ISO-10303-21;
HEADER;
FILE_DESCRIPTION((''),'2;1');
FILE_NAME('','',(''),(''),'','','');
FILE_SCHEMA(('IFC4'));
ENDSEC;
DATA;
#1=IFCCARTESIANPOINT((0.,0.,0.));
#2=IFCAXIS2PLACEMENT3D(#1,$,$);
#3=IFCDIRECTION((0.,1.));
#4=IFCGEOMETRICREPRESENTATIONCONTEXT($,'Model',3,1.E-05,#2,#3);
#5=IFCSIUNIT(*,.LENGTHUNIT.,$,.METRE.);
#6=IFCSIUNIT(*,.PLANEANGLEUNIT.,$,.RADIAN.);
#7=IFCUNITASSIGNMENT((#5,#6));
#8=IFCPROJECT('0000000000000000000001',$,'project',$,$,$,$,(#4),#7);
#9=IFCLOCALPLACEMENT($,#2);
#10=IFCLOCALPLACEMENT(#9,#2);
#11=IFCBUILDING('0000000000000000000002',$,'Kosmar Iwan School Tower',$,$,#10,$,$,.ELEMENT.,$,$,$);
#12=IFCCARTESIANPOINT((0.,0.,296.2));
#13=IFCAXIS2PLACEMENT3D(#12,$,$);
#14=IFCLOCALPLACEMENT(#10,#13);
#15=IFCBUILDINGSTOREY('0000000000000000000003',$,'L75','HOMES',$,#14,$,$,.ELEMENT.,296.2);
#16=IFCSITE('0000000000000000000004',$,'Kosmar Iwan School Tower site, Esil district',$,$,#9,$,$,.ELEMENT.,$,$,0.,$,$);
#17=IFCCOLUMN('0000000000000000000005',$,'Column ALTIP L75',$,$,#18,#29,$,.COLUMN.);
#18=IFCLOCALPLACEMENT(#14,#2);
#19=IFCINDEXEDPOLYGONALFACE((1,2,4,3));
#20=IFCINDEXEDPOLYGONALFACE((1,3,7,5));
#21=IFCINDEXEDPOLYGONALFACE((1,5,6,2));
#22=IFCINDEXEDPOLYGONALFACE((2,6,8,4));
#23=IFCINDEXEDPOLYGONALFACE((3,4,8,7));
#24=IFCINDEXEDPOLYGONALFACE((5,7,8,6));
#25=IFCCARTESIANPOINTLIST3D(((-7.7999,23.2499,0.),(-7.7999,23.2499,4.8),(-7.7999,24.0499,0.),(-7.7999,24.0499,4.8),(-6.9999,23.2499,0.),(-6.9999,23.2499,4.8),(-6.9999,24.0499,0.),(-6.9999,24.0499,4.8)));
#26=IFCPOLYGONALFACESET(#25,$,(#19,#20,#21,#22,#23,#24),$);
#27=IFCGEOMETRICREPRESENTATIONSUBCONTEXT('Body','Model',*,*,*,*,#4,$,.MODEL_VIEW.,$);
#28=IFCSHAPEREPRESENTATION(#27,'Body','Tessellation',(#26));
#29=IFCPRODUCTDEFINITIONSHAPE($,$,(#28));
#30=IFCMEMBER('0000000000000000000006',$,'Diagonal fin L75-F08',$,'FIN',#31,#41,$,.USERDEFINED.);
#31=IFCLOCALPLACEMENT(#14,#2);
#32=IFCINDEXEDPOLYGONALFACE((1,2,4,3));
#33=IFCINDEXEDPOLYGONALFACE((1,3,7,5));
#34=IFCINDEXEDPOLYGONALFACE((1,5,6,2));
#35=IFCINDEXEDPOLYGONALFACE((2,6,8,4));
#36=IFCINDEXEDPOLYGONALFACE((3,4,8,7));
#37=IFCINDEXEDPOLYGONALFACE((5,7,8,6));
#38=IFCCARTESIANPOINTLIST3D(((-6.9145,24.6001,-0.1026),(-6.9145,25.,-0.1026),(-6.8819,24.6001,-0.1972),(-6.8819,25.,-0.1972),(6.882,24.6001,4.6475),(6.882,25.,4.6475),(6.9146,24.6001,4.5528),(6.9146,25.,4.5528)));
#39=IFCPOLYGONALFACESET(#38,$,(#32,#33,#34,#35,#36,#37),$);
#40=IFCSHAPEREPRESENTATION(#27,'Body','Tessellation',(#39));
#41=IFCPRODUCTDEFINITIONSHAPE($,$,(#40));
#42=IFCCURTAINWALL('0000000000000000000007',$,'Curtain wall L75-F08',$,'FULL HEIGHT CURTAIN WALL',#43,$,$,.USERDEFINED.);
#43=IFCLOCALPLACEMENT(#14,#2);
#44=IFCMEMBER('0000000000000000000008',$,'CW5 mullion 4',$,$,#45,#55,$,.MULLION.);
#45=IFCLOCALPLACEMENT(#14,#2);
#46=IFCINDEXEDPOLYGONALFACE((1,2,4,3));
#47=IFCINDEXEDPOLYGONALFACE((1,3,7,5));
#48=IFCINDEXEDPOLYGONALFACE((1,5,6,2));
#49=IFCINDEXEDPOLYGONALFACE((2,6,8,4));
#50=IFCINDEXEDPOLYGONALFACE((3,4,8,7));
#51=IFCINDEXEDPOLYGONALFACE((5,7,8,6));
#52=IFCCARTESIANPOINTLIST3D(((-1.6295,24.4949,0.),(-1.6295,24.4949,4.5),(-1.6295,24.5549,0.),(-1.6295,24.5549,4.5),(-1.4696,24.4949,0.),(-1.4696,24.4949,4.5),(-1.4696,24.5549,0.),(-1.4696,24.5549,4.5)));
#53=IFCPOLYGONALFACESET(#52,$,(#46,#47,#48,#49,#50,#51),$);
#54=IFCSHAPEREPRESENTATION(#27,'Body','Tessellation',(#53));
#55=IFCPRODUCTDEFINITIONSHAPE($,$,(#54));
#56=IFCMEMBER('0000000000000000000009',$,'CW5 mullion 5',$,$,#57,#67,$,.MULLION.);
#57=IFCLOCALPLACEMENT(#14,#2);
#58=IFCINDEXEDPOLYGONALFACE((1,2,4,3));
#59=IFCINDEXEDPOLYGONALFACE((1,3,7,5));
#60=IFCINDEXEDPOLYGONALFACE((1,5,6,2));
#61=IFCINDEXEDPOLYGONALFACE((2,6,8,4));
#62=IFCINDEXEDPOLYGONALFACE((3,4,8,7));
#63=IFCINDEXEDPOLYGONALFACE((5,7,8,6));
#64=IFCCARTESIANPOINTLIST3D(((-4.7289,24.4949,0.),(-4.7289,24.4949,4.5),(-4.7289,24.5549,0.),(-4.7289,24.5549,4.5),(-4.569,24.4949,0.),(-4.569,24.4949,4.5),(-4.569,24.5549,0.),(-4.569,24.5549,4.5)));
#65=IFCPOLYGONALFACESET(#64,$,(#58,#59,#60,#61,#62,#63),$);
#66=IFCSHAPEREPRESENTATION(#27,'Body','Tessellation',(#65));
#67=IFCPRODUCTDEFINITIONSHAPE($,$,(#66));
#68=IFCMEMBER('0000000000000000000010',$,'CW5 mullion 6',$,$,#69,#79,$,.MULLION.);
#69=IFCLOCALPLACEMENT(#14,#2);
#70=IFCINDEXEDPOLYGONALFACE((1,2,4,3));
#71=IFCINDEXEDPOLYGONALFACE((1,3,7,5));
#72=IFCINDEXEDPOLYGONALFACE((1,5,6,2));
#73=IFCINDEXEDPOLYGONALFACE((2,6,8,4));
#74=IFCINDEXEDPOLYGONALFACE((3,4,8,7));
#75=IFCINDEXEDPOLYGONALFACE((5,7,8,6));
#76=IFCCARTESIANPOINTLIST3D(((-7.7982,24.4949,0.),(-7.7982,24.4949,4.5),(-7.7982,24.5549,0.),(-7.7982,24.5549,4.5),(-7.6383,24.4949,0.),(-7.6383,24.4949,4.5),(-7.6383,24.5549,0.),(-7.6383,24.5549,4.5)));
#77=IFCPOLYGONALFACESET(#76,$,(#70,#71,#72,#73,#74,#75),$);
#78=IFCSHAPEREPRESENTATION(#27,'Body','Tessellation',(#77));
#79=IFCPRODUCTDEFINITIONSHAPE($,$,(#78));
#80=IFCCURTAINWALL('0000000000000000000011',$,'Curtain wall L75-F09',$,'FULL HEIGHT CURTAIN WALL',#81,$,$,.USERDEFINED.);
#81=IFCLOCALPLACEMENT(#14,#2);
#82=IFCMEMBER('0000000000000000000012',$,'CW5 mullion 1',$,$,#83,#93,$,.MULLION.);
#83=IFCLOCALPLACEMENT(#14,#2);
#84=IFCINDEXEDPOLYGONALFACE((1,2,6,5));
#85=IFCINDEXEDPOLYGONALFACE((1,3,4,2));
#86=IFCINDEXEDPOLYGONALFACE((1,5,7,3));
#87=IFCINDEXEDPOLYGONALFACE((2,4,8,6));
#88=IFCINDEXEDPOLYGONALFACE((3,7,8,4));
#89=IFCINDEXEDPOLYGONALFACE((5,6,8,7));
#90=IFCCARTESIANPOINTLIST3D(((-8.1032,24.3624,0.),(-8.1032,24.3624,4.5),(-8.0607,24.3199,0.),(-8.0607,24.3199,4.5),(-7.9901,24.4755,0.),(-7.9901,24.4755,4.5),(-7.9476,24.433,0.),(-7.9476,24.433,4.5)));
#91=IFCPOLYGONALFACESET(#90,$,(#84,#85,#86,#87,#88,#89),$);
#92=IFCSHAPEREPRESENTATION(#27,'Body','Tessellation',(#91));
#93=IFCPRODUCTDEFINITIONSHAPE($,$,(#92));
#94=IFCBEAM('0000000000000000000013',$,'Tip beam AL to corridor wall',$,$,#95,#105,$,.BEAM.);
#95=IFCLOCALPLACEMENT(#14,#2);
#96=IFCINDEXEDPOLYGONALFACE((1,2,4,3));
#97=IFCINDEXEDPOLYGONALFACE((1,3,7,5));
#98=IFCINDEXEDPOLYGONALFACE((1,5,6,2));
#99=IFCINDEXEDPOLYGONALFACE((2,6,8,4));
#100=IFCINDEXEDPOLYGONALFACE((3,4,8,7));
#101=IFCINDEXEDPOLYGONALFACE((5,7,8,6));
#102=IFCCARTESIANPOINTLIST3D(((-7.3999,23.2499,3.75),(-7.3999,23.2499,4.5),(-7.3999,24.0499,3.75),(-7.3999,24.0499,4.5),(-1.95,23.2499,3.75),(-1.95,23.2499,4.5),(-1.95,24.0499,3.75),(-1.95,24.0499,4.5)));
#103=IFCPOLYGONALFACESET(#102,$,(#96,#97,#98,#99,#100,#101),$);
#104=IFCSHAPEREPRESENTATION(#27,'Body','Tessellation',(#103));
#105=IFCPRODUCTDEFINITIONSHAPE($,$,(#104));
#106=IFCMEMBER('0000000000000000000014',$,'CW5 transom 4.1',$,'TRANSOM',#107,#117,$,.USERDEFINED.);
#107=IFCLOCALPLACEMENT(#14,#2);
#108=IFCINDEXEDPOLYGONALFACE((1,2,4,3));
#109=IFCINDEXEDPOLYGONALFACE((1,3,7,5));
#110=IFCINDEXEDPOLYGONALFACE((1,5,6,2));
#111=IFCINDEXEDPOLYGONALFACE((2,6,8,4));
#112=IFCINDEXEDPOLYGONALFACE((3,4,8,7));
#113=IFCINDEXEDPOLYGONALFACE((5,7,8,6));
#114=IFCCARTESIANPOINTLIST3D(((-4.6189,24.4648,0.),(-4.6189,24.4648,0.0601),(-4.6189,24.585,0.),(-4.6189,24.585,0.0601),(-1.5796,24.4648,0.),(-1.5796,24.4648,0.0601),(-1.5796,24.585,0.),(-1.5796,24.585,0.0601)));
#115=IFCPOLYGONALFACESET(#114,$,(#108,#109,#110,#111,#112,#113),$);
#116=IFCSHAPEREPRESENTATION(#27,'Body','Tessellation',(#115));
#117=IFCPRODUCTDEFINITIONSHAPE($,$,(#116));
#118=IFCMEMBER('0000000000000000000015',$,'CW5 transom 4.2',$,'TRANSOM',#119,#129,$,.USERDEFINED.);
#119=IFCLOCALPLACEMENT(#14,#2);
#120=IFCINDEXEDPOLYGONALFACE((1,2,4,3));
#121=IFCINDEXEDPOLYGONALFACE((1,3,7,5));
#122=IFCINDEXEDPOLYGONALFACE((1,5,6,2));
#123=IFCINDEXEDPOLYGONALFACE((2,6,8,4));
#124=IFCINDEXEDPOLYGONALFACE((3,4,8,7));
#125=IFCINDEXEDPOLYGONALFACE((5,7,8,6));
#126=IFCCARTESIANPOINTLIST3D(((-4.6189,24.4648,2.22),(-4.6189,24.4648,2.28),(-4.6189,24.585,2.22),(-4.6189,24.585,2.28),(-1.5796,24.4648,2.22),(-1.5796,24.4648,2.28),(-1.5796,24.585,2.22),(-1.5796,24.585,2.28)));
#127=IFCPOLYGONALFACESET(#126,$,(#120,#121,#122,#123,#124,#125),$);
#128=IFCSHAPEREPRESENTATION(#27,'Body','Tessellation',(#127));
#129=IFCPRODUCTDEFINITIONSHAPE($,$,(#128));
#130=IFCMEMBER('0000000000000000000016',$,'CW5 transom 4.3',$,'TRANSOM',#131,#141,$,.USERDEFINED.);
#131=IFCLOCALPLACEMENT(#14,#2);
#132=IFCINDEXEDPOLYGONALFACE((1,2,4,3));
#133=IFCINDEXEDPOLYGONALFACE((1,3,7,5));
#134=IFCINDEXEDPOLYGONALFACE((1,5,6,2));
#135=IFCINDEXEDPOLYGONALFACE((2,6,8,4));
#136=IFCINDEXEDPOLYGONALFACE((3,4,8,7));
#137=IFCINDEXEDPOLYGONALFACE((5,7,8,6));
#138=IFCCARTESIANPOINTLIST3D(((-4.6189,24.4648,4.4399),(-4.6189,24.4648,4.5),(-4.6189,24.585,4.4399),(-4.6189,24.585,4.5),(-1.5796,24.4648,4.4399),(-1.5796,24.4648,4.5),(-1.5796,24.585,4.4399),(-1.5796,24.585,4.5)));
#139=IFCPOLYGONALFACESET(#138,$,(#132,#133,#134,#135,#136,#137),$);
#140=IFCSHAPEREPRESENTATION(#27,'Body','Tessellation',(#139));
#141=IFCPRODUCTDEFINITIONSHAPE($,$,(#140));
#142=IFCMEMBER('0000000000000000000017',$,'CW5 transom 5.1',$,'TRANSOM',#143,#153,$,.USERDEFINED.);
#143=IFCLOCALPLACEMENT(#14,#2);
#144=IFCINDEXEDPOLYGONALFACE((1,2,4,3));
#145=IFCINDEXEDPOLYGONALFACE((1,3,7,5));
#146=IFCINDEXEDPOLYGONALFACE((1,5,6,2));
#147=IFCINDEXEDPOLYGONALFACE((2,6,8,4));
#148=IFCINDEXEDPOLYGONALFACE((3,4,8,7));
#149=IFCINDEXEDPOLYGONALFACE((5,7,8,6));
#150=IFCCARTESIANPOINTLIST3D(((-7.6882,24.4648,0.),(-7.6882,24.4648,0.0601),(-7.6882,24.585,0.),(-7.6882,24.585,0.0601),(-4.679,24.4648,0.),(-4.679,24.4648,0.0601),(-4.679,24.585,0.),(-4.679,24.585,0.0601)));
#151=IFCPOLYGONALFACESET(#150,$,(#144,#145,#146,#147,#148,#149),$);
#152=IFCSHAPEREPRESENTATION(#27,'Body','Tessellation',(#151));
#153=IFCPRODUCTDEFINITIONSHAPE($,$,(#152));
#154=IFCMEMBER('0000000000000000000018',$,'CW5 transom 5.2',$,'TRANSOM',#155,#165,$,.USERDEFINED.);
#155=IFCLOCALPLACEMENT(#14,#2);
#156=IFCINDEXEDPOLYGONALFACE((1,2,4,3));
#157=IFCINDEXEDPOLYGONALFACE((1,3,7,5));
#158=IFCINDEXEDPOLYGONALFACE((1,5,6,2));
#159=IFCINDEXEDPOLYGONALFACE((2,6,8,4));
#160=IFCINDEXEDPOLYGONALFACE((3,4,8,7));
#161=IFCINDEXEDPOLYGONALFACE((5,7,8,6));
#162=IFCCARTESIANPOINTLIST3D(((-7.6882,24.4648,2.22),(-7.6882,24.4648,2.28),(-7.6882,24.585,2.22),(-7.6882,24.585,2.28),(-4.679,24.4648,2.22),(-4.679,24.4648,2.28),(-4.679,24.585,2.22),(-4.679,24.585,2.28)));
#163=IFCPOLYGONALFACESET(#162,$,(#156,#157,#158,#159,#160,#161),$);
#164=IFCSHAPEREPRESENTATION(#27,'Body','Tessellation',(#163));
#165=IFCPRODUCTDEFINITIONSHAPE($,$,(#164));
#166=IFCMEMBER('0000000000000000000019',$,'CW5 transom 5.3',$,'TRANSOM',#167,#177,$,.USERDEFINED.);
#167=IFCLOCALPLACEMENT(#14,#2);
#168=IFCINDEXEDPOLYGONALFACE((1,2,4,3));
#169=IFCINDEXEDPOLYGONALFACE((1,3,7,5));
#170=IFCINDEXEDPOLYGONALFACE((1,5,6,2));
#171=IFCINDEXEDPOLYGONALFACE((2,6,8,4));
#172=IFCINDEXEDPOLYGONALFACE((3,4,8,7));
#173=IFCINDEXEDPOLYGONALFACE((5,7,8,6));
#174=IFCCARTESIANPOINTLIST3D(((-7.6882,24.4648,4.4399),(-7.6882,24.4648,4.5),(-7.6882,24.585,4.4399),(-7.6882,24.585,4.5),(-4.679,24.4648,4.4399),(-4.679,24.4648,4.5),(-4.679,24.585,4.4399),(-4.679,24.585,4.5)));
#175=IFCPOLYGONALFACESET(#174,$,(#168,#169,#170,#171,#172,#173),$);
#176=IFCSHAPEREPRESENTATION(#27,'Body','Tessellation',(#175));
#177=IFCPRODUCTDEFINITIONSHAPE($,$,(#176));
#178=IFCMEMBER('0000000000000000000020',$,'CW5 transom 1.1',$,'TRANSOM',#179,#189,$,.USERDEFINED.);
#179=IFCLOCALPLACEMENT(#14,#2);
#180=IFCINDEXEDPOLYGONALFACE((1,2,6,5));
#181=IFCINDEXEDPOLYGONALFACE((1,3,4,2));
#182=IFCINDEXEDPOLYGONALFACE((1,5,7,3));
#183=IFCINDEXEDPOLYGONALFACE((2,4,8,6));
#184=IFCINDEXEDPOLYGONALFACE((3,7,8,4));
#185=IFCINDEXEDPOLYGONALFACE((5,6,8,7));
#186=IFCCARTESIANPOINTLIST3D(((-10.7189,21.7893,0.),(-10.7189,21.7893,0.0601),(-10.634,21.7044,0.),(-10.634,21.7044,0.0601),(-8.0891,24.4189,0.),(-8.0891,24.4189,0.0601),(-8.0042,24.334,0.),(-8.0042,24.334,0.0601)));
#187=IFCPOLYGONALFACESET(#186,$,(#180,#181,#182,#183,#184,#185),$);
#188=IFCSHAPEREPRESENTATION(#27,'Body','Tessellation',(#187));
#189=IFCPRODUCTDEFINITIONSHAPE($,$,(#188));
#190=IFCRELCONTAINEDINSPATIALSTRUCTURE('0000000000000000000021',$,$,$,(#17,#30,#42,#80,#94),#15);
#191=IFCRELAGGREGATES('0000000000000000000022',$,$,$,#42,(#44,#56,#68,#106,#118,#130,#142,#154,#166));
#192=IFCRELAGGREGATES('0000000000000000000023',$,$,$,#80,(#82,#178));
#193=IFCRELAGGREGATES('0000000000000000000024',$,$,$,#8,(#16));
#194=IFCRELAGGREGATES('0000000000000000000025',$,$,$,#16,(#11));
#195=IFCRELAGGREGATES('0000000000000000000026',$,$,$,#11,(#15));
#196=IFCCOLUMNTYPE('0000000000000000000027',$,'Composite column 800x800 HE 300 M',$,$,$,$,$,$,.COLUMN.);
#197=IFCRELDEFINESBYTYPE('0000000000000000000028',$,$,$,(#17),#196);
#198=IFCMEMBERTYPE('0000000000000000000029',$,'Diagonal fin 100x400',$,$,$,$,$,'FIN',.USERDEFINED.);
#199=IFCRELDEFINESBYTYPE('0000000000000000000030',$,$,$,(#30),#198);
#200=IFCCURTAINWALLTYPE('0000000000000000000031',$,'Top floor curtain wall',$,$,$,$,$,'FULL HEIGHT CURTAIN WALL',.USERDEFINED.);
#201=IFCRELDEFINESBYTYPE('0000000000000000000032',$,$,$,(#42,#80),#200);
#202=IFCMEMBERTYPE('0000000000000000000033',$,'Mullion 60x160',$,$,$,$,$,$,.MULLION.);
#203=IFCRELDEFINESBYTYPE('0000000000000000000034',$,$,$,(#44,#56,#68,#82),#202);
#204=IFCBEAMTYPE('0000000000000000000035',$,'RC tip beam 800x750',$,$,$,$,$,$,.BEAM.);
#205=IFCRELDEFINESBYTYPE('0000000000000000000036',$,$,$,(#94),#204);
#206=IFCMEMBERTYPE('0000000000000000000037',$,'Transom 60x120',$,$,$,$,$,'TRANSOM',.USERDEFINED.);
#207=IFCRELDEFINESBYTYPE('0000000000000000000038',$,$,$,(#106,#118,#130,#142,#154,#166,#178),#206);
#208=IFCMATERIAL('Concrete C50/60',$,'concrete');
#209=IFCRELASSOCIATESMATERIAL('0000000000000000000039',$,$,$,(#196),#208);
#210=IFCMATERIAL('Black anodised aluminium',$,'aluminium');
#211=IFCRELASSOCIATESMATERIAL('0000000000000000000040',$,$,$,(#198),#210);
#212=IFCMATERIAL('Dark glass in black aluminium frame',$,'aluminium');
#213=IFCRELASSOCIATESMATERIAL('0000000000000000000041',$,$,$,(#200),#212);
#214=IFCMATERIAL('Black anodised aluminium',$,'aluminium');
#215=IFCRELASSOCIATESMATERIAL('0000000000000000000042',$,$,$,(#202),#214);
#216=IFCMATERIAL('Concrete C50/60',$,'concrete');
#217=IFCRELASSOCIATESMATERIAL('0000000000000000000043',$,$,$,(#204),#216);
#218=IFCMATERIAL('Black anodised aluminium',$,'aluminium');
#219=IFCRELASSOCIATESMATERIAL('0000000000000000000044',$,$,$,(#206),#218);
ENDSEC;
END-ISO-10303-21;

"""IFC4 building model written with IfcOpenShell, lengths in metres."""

from ifc_helpers import new_model, si_unit, direction, frame, origin, origin_2d, place, context, subcontext, project, spatial, rectangle, extrude, material, material_profile, profile_set, type_object, element, aggregate, save


model = new_model("IFC4")

# Units and contexts
model_context = context("Model", 3, precision=1e-05, world=origin(), true_north=direction((0.0, 1.0)))
body_context = subcontext(model_context, "Body", "Model", "MODEL_VIEW")
ifc_project = project(units=[si_unit("LENGTHUNIT", "METRE"), si_unit("PLANEANGLEUNIT", "RADIAN")], contexts=[model_context])

# Site, building, storey
site_placement = place(None, origin())
site = spatial("IfcSite", under=ifc_project, at=site_placement, Name="Kosmar Iwan School Tower site, Esil district", CompositionType="ELEMENT", RefElevation=0.0)
building_placement = place(site_placement, origin())
building = spatial("IfcBuilding", under=site, at=building_placement, Name="Kosmar Iwan School Tower", CompositionType="ELEMENT")
storey_placement = place(building_placement, frame((0.0, 0.0, 296.2)))
storey = spatial("IfcBuildingStorey", under=building, at=storey_placement, Name="L75", Description="HOMES", CompositionType="ELEMENT", Elevation=296.2)

# Column
ifc_material_1 = material(Name="Concrete C50/60", Category="concrete")
ifc_material_profile_1 = material_profile(ifc_material_1, rectangle(XDim=0.8, YDim=0.8, at=origin_2d()), Name="RC 800x800 + HE 300 M")
ifc_profile_set_1 = profile_set([ifc_material_profile_1], Name="Concrete C50/60")
column_type = type_object("IfcColumnType", Name="Composite column 800x800 HE 300 M", PredefinedType="COLUMN", material=ifc_profile_set_1)
column_placement = place(storey_placement, frame((-7.3999, 23.6499, 0.0), z_axis=(0.0, 0.0, 1.0), x_axis=(0.0, 1.0, 0.0)))
element("IfcColumn", 1, at=column_placement, inside=storey, type_object=column_type, Name="Column ALTIP L75", PredefinedType="COLUMN", context=body_context, shape_type="SweptSolid", body=[
    extrude(rectangle(XDim=0.8, YDim=0.8, at=origin_2d()), origin(), (0.0, 0.0, 1.0), 4.8),
])

# Member
ifc_material_2 = material(Name="Black anodised aluminium", Category="aluminium")
ifc_material_profile_2 = material_profile(ifc_material_2, rectangle(XDim=0.1001, YDim=0.3999, at=origin_2d()), Name="FIN 100x400")
ifc_profile_set_2 = profile_set([ifc_material_profile_2], Name="Black anodised aluminium")
member_type_1 = type_object("IfcMemberType", Name="Diagonal fin 100x400", ElementType="FIN", PredefinedType="USERDEFINED", material=ifc_profile_set_2)
member_1_placement = place(storey_placement, frame((-6.8982, 24.8, -0.1499), z_axis=(0.945529, 0.0, 0.325539), x_axis=(-0.325539, 0.0, 0.945529)))
element("IfcMember", 2, at=member_1_placement, inside=storey, type_object=member_type_1, Name="Diagonal fin L75-F08", ObjectType="FIN", PredefinedType="USERDEFINED", context=body_context, shape_type="SweptSolid", body=[
    extrude(rectangle(XDim=0.1001, YDim=0.3999, at=origin_2d()), origin(), (0.0, 0.0, 1.0), 14.5913),
])

# Curtain wall, members
ifc_material_3 = material(Name="Dark glass in black aluminium frame", Category="aluminium")
curtain_wall_type = type_object("IfcCurtainWallType", Name="Top floor curtain wall", ElementType="FULL HEIGHT CURTAIN WALL", PredefinedType="USERDEFINED", material=ifc_material_3)
curtain_wall_1_placement = place(storey_placement, origin())
curtain_wall_1 = element("IfcCurtainWall", 3, at=curtain_wall_1_placement, inside=storey, type_object=curtain_wall_type, Name="Curtain wall L75-F08", ObjectType="FULL HEIGHT CURTAIN WALL", PredefinedType="USERDEFINED")
ifc_material_4 = material(Name="Black anodised aluminium", Category="aluminium")
ifc_material_profile_3 = material_profile(ifc_material_4, rectangle(XDim=0.0601, YDim=0.1599, at=origin_2d()), Name="MULLION 60x160")
ifc_profile_set_3 = profile_set([ifc_material_profile_3], Name="Black anodised aluminium")
member_type_2 = type_object("IfcMemberType", Name="Mullion 60x160", PredefinedType="MULLION", material=ifc_profile_set_3)
member_2_placement = place(storey_placement, frame((-1.5496, 24.5249, 0.0), z_axis=(0.0, 0.0, 1.0), x_axis=(0.0, -1.0, 0.0)))
member_2 = element("IfcMember", 4, at=member_2_placement, type_object=member_type_2, Name="CW5 mullion 4", PredefinedType="MULLION", context=body_context, shape_type="SweptSolid", body=[
    extrude(rectangle(XDim=0.0601, YDim=0.1599, at=origin_2d()), origin(), (0.0, 0.0, 1.0), 4.5),
])
member_3_placement = place(storey_placement, frame((-4.6489, 24.5249, 0.0), z_axis=(0.0, 0.0, 1.0), x_axis=(0.0, -1.0, 0.0)))
member_3 = element("IfcMember", 5, at=member_3_placement, type_object=member_type_2, Name="CW5 mullion 5", PredefinedType="MULLION", context=body_context, shape_type="SweptSolid", body=[
    extrude(rectangle(XDim=0.0601, YDim=0.1599, at=origin_2d()), origin(), (0.0, 0.0, 1.0), 4.5),
])
member_4_placement = place(storey_placement, frame((-7.7183, 24.5249, 0.0), z_axis=(0.0, 0.0, 1.0), x_axis=(0.0, -1.0, 0.0)))
member_4 = element("IfcMember", 6, at=member_4_placement, type_object=member_type_2, Name="CW5 mullion 6", PredefinedType="MULLION", context=body_context, shape_type="SweptSolid", body=[
    extrude(rectangle(XDim=0.0601, YDim=0.1599, at=origin_2d()), origin(), (0.0, 0.0, 1.0), 4.5),
])

# Curtain wall, member
curtain_wall_2_placement = place(storey_placement, origin())
curtain_wall_2 = element("IfcCurtainWall", 7, at=curtain_wall_2_placement, inside=storey, type_object=curtain_wall_type, Name="Curtain wall L75-F09", ObjectType="FULL HEIGHT CURTAIN WALL", PredefinedType="USERDEFINED")
member_5_placement = place(storey_placement, frame((-8.0254, 24.3977, 0.0), z_axis=(0.0, 0.0, 1.0), x_axis=(0.707107, -0.707107, 0.0)))
member_5 = element("IfcMember", 8, at=member_5_placement, type_object=member_type_2, Name="CW5 mullion 1", PredefinedType="MULLION", context=body_context, shape_type="SweptSolid", body=[
    extrude(rectangle(XDim=0.0601, YDim=0.1599, at=origin_2d()), origin(), (0.0, 0.0, 1.0), 4.5),
])

# Beam
ifc_material_5 = material(Name="Concrete C50/60", Category="concrete")
ifc_material_profile_4 = material_profile(ifc_material_5, rectangle(XDim=0.8, YDim=0.75, at=origin_2d()), Name="RC 800x750")
ifc_profile_set_4 = profile_set([ifc_material_profile_4], Name="Concrete C50/60")
beam_type = type_object("IfcBeamType", Name="RC tip beam 800x750", PredefinedType="BEAM", material=ifc_profile_set_4)
beam_placement = place(storey_placement, frame((-7.3999, 23.6499, 4.125), z_axis=(1.0, 0.0, 0.0), x_axis=(0.0, 1.0, 0.0)))
element("IfcBeam", 9, at=beam_placement, inside=storey, type_object=beam_type, Name="Tip beam AL to corridor wall", PredefinedType="BEAM", context=body_context, shape_type="SweptSolid", body=[
    extrude(rectangle(XDim=0.8, YDim=0.75, at=origin_2d()), origin(), (0.0, 0.0, 1.0), 5.45),
])

# Members
ifc_material_6 = material(Name="Black anodised aluminium", Category="aluminium")
ifc_material_profile_5 = material_profile(ifc_material_6, rectangle(XDim=0.1201, YDim=0.0601, at=origin_2d()), Name="TRANSOM 60x120")
ifc_profile_set_5 = profile_set([ifc_material_profile_5], Name="Black anodised aluminium")
member_type_3 = type_object("IfcMemberType", Name="Transom 60x120", ElementType="TRANSOM", PredefinedType="USERDEFINED", material=ifc_profile_set_5)
member_6_placement = place(storey_placement, frame((-1.5796, 24.5249, 0.03), z_axis=(-1.0, 0.0, 0.0), x_axis=(0.0, -1.0, 0.0)))
member_6 = element("IfcMember", 10, at=member_6_placement, type_object=member_type_3, Name="CW5 transom 4.1", ObjectType="TRANSOM", PredefinedType="USERDEFINED", context=body_context, shape_type="SweptSolid", body=[
    extrude(rectangle(XDim=0.1201, YDim=0.0601, at=origin_2d()), origin(), (0.0, 0.0, 1.0), 3.0393),
])
member_7_placement = place(storey_placement, frame((-1.5796, 24.5249, 2.25), z_axis=(-1.0, 0.0, 0.0), x_axis=(0.0, -1.0, 0.0)))
member_7 = element("IfcMember", 11, at=member_7_placement, type_object=member_type_3, Name="CW5 transom 4.2", ObjectType="TRANSOM", PredefinedType="USERDEFINED", context=body_context, shape_type="SweptSolid", body=[
    extrude(rectangle(XDim=0.1201, YDim=0.0601, at=origin_2d()), origin(), (0.0, 0.0, 1.0), 3.0393),
])
member_8_placement = place(storey_placement, frame((-1.5796, 24.5249, 4.47), z_axis=(-1.0, 0.0, 0.0), x_axis=(0.0, -1.0, 0.0)))
member_8 = element("IfcMember", 12, at=member_8_placement, type_object=member_type_3, Name="CW5 transom 4.3", ObjectType="TRANSOM", PredefinedType="USERDEFINED", context=body_context, shape_type="SweptSolid", body=[
    extrude(rectangle(XDim=0.1201, YDim=0.0601, at=origin_2d()), origin(), (0.0, 0.0, 1.0), 3.0393),
])
member_9_placement = place(storey_placement, frame((-4.679, 24.5249, 0.03), z_axis=(-1.0, 0.0, 0.0), x_axis=(0.0, -1.0, 0.0)))
member_9 = element("IfcMember", 13, at=member_9_placement, type_object=member_type_3, Name="CW5 transom 5.1", ObjectType="TRANSOM", PredefinedType="USERDEFINED", context=body_context, shape_type="SweptSolid", body=[
    extrude(rectangle(XDim=0.1201, YDim=0.0601, at=origin_2d()), origin(), (0.0, 0.0, 1.0), 3.0093),
])
member_10_placement = place(storey_placement, frame((-4.679, 24.5249, 2.25), z_axis=(-1.0, 0.0, 0.0), x_axis=(0.0, -1.0, 0.0)))
member_10 = element("IfcMember", 14, at=member_10_placement, type_object=member_type_3, Name="CW5 transom 5.2", ObjectType="TRANSOM", PredefinedType="USERDEFINED", context=body_context, shape_type="SweptSolid", body=[
    extrude(rectangle(XDim=0.1201, YDim=0.0601, at=origin_2d()), origin(), (0.0, 0.0, 1.0), 3.0093),
])
member_11_placement = place(storey_placement, frame((-4.679, 24.5249, 4.47), z_axis=(-1.0, 0.0, 0.0), x_axis=(0.0, -1.0, 0.0)))
member_11 = element("IfcMember", 15, at=member_11_placement, type_object=member_type_3, Name="CW5 transom 5.3", ObjectType="TRANSOM", PredefinedType="USERDEFINED", context=body_context, shape_type="SweptSolid", body=[
    extrude(rectangle(XDim=0.1201, YDim=0.0601, at=origin_2d()), origin(), (0.0, 0.0, 1.0), 3.0093),
])
member_12_placement = place(storey_placement, frame((-8.0466, 24.3765, 0.03), z_axis=(-0.70714, -0.707074, 0.0), x_axis=(0.707074, -0.70714, 0.0)))
member_12 = element("IfcMember", 16, at=member_12_placement, type_object=member_type_3, Name="CW5 transom 1.1", ObjectType="TRANSOM", PredefinedType="USERDEFINED", context=body_context, shape_type="SweptSolid", body=[
    extrude(rectangle(XDim=0.1201, YDim=0.0601, at=origin_2d()), origin(), (0.0, 0.0, 1.0), 3.719),
])

aggregate(curtain_wall_1, [member_2, member_3, member_4, member_6, member_7, member_8, member_9, member_10, member_11])
aggregate(curtain_wall_2, [member_5, member_12])

save(model, "model.ifc")
